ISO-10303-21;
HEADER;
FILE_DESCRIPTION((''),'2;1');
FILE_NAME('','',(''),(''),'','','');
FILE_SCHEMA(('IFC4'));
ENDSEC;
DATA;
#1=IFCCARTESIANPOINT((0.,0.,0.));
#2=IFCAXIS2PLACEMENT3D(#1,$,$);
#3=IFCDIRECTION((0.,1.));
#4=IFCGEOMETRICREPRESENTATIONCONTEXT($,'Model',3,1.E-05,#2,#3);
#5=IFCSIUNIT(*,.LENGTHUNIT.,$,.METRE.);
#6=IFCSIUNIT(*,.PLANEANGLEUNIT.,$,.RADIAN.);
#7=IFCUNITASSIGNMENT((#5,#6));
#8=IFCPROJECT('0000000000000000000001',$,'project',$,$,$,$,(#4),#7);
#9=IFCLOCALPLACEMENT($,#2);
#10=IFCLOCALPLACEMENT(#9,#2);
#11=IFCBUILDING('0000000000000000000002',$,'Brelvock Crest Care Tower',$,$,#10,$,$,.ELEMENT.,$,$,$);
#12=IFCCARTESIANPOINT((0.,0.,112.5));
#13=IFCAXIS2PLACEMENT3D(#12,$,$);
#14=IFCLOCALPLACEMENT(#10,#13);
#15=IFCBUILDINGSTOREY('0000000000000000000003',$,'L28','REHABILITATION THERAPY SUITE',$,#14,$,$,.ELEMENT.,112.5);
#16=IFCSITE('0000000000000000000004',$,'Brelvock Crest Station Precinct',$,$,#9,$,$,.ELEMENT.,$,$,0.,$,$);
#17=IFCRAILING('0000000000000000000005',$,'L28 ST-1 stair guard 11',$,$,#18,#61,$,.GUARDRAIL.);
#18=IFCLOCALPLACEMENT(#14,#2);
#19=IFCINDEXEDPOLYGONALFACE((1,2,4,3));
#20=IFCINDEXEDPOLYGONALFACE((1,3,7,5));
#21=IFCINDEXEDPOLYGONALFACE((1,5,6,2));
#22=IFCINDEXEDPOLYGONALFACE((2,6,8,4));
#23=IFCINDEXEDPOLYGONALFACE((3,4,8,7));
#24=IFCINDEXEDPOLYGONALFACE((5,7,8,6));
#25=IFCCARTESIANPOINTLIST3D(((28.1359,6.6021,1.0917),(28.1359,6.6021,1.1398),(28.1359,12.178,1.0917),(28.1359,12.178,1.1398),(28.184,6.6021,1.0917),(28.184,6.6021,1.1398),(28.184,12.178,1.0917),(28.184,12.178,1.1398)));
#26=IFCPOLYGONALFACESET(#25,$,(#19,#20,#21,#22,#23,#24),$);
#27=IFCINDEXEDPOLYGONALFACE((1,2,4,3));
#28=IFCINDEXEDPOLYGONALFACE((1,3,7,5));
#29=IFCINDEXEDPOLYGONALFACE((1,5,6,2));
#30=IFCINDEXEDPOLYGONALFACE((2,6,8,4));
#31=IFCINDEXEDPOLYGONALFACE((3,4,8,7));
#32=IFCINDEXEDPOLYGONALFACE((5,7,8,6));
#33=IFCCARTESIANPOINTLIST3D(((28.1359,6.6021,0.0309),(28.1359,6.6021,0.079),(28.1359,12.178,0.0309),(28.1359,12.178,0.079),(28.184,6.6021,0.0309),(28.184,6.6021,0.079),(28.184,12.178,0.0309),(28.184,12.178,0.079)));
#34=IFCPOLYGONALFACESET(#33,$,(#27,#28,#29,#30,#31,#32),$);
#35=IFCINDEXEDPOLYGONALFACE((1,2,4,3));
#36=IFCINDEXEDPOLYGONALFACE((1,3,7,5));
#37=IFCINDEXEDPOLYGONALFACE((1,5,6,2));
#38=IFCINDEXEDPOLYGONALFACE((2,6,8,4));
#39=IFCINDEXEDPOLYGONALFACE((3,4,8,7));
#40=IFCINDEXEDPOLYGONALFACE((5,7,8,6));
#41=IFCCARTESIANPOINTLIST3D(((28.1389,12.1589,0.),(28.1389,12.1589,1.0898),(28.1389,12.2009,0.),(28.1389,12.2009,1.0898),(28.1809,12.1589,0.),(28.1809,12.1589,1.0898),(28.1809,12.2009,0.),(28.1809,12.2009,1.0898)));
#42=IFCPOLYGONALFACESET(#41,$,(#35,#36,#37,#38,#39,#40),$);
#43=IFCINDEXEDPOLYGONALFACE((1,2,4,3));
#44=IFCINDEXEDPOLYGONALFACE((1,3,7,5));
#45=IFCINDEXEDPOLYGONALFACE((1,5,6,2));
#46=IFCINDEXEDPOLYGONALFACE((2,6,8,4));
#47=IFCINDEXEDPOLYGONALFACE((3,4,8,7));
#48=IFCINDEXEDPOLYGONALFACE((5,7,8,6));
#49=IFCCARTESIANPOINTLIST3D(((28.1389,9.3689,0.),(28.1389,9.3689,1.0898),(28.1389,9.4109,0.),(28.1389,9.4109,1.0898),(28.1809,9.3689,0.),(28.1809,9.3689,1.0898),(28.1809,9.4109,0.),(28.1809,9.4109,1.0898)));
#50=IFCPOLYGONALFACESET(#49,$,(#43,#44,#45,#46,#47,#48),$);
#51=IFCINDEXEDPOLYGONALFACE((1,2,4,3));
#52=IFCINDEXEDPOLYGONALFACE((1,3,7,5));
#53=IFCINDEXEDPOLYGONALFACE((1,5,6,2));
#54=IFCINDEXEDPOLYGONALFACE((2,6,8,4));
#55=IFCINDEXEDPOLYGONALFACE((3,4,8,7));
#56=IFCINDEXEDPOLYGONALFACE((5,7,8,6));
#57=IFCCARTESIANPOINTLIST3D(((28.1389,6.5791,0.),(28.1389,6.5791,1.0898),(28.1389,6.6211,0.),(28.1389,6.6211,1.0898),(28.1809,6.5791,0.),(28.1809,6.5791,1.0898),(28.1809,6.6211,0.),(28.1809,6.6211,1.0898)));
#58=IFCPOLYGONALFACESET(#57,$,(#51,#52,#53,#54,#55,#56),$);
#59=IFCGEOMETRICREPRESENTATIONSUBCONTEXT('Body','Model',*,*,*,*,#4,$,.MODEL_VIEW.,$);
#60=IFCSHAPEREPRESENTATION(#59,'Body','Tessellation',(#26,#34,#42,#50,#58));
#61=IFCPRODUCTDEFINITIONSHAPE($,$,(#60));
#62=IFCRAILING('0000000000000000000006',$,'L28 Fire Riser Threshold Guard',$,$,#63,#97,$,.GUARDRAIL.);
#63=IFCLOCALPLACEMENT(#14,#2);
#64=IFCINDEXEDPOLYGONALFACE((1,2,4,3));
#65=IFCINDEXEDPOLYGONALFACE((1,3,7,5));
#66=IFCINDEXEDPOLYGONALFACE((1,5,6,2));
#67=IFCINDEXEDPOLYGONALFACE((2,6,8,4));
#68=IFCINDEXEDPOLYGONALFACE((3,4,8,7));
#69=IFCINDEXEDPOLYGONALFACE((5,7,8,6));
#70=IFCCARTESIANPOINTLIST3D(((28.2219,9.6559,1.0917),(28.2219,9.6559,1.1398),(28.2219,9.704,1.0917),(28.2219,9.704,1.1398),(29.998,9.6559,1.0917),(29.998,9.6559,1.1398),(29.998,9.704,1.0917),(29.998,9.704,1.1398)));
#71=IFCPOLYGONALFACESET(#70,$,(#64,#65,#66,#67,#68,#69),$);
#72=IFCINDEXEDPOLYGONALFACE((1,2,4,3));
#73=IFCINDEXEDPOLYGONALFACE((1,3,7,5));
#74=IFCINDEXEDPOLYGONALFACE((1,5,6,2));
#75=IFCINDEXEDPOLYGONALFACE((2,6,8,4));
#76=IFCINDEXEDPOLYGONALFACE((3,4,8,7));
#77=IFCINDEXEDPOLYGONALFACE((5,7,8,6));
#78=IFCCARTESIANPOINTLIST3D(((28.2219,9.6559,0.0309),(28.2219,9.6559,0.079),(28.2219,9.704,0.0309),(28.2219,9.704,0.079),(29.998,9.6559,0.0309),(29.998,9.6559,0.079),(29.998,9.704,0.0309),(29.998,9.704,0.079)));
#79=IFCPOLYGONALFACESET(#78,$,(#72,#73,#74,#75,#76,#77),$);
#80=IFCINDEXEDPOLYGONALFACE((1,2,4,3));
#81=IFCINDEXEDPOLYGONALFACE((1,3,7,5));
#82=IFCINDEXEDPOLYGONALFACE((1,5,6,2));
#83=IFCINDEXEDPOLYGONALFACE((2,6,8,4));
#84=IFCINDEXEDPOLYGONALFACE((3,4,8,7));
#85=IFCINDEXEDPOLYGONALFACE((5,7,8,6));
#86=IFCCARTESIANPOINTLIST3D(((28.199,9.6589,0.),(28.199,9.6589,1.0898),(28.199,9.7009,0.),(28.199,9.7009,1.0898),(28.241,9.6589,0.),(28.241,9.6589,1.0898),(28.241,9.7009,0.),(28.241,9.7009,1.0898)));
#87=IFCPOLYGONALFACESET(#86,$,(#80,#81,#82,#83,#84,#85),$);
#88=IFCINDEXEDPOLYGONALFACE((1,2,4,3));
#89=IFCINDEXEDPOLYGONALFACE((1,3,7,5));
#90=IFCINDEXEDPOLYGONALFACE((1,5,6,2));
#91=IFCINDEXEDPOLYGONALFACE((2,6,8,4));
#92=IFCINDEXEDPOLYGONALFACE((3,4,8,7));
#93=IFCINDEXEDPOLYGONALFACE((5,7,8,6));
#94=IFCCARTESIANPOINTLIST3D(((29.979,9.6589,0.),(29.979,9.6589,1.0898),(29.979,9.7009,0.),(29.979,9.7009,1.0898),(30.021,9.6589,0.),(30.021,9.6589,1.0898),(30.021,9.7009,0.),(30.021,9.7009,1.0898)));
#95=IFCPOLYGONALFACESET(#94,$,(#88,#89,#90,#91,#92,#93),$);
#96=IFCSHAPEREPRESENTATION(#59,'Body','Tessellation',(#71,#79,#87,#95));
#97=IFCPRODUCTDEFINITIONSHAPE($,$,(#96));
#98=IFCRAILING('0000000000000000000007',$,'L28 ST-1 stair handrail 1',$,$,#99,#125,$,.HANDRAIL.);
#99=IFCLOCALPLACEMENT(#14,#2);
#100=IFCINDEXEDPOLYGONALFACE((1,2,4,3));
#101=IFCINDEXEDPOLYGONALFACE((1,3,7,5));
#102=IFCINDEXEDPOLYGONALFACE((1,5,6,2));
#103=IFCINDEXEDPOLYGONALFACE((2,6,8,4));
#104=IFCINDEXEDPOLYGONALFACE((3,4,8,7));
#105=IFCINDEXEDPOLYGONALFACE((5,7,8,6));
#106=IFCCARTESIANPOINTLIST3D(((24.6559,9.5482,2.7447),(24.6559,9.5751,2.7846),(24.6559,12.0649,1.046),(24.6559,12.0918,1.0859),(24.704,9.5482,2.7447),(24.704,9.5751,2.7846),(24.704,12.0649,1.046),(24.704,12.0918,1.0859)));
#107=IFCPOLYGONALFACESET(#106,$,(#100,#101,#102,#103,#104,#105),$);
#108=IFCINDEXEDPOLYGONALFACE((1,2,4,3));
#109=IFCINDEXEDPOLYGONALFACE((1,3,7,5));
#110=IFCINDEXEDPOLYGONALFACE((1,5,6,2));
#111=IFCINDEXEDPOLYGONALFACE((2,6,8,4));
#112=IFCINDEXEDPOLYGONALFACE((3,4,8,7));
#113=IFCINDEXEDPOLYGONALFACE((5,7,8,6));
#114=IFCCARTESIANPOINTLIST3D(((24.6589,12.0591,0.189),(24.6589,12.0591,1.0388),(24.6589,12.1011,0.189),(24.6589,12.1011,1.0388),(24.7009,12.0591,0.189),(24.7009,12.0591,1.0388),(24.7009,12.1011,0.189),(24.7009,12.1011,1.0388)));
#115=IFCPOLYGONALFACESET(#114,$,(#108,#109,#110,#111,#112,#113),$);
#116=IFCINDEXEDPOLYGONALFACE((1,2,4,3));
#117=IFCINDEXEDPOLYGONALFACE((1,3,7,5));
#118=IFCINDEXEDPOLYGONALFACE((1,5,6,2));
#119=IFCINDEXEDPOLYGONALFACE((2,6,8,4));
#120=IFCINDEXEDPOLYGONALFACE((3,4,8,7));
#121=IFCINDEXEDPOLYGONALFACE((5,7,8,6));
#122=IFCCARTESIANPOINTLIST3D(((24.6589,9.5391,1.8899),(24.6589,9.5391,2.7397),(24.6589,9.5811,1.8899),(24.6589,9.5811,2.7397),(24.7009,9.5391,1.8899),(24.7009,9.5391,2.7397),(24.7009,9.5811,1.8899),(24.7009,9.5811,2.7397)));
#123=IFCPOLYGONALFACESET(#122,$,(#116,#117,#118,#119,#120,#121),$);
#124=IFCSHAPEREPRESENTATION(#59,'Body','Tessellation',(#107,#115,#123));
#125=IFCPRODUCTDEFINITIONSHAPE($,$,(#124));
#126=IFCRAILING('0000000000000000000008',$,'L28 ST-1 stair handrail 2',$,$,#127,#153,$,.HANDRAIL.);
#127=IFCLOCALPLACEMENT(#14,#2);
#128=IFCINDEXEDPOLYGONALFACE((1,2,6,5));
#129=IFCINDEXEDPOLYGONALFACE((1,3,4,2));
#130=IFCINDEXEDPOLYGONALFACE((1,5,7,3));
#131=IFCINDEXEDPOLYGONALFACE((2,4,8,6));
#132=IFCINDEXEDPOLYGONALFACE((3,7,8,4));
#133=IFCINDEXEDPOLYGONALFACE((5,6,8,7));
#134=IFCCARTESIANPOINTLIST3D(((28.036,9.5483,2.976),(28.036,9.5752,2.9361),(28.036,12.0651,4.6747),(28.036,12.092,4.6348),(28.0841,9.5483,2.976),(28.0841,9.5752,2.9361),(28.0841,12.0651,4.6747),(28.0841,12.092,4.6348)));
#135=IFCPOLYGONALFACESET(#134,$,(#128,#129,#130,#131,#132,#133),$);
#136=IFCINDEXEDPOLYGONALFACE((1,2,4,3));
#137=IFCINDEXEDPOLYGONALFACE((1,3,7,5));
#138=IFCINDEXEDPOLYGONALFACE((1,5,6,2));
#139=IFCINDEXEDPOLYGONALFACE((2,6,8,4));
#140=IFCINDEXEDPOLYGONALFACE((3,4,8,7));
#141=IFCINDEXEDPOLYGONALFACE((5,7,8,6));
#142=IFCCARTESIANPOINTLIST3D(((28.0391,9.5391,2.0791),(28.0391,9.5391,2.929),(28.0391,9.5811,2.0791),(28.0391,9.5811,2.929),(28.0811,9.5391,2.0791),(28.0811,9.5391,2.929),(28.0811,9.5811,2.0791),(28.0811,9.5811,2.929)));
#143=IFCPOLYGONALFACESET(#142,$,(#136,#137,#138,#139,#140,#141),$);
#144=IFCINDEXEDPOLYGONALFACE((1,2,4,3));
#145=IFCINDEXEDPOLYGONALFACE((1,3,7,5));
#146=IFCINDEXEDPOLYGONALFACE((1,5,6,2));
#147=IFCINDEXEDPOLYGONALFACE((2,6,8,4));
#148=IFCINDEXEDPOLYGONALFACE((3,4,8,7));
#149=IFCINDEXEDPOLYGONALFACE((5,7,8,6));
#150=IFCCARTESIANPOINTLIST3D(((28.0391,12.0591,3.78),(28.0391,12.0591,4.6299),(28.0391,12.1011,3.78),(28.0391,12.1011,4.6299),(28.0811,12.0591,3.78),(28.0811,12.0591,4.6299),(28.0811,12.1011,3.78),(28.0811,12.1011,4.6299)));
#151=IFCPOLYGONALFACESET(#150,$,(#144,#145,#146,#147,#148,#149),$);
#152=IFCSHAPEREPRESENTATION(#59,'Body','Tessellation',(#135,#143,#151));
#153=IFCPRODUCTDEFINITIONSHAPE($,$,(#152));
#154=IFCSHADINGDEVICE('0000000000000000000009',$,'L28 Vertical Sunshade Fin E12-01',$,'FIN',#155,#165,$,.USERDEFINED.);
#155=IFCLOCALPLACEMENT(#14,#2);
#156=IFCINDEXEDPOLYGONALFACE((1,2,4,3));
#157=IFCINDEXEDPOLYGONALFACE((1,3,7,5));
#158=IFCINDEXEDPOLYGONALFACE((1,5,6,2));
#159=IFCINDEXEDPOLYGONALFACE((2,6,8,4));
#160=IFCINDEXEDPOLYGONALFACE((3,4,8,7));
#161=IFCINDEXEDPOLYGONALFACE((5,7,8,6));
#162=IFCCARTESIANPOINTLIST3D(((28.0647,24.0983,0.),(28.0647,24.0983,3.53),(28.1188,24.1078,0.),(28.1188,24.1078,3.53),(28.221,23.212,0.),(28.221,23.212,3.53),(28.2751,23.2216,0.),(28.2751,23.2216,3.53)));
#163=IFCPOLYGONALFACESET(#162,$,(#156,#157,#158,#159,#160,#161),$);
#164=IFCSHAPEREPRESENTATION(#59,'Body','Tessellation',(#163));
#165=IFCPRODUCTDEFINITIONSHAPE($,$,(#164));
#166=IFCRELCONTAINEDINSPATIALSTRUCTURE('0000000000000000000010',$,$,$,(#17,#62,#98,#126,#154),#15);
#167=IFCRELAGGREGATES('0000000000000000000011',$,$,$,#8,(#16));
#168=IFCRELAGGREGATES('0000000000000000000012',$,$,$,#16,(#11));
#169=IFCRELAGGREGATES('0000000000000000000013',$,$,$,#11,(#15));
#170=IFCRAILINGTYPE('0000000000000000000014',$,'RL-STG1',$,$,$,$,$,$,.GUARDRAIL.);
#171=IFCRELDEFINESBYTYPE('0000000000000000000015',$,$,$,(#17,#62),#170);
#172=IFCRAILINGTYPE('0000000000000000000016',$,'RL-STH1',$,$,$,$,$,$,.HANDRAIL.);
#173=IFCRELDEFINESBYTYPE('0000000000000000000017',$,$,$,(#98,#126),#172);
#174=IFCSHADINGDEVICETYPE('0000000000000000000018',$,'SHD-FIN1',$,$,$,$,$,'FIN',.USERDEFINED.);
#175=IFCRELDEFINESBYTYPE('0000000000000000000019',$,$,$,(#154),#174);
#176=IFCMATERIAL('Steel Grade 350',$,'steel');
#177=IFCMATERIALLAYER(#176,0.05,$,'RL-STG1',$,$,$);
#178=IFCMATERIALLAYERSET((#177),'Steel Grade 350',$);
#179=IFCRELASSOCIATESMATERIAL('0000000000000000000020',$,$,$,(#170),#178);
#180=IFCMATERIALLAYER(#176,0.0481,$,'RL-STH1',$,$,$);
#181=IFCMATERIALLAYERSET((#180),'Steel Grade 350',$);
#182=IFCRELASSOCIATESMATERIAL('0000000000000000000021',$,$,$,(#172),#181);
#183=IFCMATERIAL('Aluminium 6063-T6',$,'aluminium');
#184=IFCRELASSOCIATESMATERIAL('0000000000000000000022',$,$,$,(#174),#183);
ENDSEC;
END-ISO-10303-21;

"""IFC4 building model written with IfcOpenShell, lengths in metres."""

from ifc_helpers import new_model, si_unit, direction, frame, origin, origin_2d, place, context, subcontext, project, spatial, rectangle, extrude, source, transform, mapped, material, layer, layer_set, material_profile, profile_set, type_object, element, save


model = new_model("IFC4")

# Units and contexts
model_context = context("Model", 3, precision=1e-05, world=origin(), true_north=direction((0.0, 1.0)))
body_context = subcontext(model_context, "Body", "Model", "MODEL_VIEW")
ifc_project = project(units=[si_unit("LENGTHUNIT", "METRE"), si_unit("PLANEANGLEUNIT", "RADIAN")], contexts=[model_context])

# Site, building, storey
site_placement = place(None, origin())
site = spatial("IfcSite", under=ifc_project, at=site_placement, Name="Brelvock Crest Station Precinct", CompositionType="ELEMENT", RefElevation=0.0)
building_placement = place(site_placement, origin())
building = spatial("IfcBuilding", under=site, at=building_placement, Name="Brelvock Crest Care Tower", CompositionType="ELEMENT")
storey_placement = place(building_placement, frame((0.0, 0.0, 112.5)))
storey = spatial("IfcBuildingStorey", under=building, at=storey_placement, Name="L28", Description="REHABILITATION THERAPY SUITE", CompositionType="ELEMENT", Elevation=112.5)

# Shared definitions
ifc_material_1 = material(Name="Steel Grade 350", Category="steel")

# Railings
ifc_layer_1 = layer(ifc_material_1, 0.05, Name="RL-STG1")
ifc_layer_set_1 = layer_set([ifc_layer_1], Name="Steel Grade 350")
railing_type_1 = type_object("IfcRailingType", Name="RL-STG1", PredefinedType="GUARDRAIL", material=ifc_layer_set_1)
railing_1_placement = place(storey_placement, frame((28.1599, 12.1799, 0.0)))
element("IfcRailing", 1, at=railing_1_placement, inside=storey, type_object=railing_type_1, Name="L28 ST-1 stair guard 11", PredefinedType="GUARDRAIL", context=body_context, shape_type="SweptSolid", body=[
    extrude(rectangle(XDim=0.0481, YDim=0.0481, at=origin_2d()), frame((0.0, -0.002, 1.1157), z_axis=(0.0, -1.0, 0.0), x_axis=(1.0, 0.0, 0.0)), (0.0, 0.0, 1.0), 5.5759),
    extrude(rectangle(XDim=0.0481, YDim=0.0481, at=origin_2d()), frame((0.0, -0.002, 0.0549), z_axis=(0.0, -1.0, 0.0), x_axis=(1.0, 0.0, 0.0)), (0.0, 0.0, 1.0), 5.5759),
    extrude(rectangle(XDim=0.042, YDim=0.042, at=origin_2d()), origin(), (0.0, 0.0, 1.0), 1.0898),
    extrude(rectangle(XDim=0.042, YDim=0.042, at=origin_2d()), frame((0.0, -2.79, 0.0)), (0.0, 0.0, 1.0), 1.0898),
    extrude(rectangle(XDim=0.042, YDim=0.042, at=origin_2d()), frame((0.0, -5.5798, 0.0)), (0.0, 0.0, 1.0), 1.0898),
])
railing_2_placement = place(storey_placement, frame((28.22, 9.6799, 0.0)))
element("IfcRailing", 2, at=railing_2_placement, inside=storey, type_object=railing_type_1, Name="L28 Fire Riser Threshold Guard", PredefinedType="GUARDRAIL", context=body_context, shape_type="SweptSolid", body=[
    extrude(rectangle(XDim=0.0481, YDim=0.0481, at=origin_2d()), frame((0.002, 0.0, 1.1157), z_axis=(1.0, 0.0, 0.0), x_axis=(0.0, 1.0, 0.0)), (0.0, 0.0, 1.0), 1.7761),
    extrude(rectangle(XDim=0.0481, YDim=0.0481, at=origin_2d()), frame((0.002, 0.0, 0.0549), z_axis=(1.0, 0.0, 0.0), x_axis=(0.0, 1.0, 0.0)), (0.0, 0.0, 1.0), 1.7761),
    extrude(rectangle(XDim=0.042, YDim=0.042, at=origin_2d()), origin(), (0.0, 0.0, 1.0), 1.0898),
    extrude(rectangle(XDim=0.042, YDim=0.042, at=origin_2d()), frame((1.78, 0.0, 0.0)), (0.0, 0.0, 1.0), 1.0898),
])
ifc_layer_2 = layer(ifc_material_1, 0.0481, Name="RL-STH1")
ifc_layer_set_2 = layer_set([ifc_layer_2], Name="Steel Grade 350")
railing_type_2 = type_object("IfcRailingType", Name="RL-STH1", PredefinedType="HANDRAIL", material=ifc_layer_set_2)
railing_3_placement = place(storey_placement, frame((24.6799, 12.0801, 0.189)))
element("IfcRailing", 3, at=railing_3_placement, inside=storey, type_object=railing_type_2, Name="L28 ST-1 stair handrail 1", PredefinedType="HANDRAIL", context=body_context, shape_type="SweptSolid", body=[
    extrude(rectangle(XDim=0.0481, YDim=0.0481, at=origin_2d()), frame((0.0, -0.0017, 0.877), z_axis=(0.0, -0.828862, 0.559454), x_axis=(1.0, 0.0, 0.0)), (0.0, 0.0, 1.0), 3.0364),
    extrude(rectangle(XDim=0.042, YDim=0.042, at=origin_2d()), origin(), (0.0, 0.0, 1.0), 0.8499),
    extrude(rectangle(XDim=0.042, YDim=0.042, at=origin_2d()), frame((0.0, -2.52, 1.7009)), (0.0, 0.0, 1.0), 0.8499),
])
railing_4_placement = place(storey_placement, frame((28.0601, 9.5601, 2.0791)))
element("IfcRailing", 4, at=railing_4_placement, inside=storey, type_object=railing_type_2, Name="L28 ST-1 stair handrail 2", PredefinedType="HANDRAIL", context=body_context, shape_type="SweptSolid", body=[
    extrude(rectangle(XDim=0.0481, YDim=0.0481, at=origin_2d()), frame((0.0, 0.0017, 0.877), z_axis=(0.0, 0.828862, 0.559454), x_axis=(-1.0, 0.0, 0.0)), (0.0, 0.0, 1.0), 3.0364),
    extrude(rectangle(XDim=0.042, YDim=0.042, at=origin_2d()), origin(), (0.0, 0.0, 1.0), 0.8499),
    extrude(rectangle(XDim=0.042, YDim=0.042, at=origin_2d()), frame((0.0, 2.52, 1.7009)), (0.0, 0.0, 1.0), 0.8499),
])

# Shading device
ifc_material_2 = material(Name="Aluminium 6063-T6", Category="aluminium")
ifc_material_profile_1 = material_profile(ifc_material_2, rectangle(XDim=0.0549, YDim=0.8999, at=origin_2d()), Name="FIN55x900")
ifc_profile_set_1 = profile_set([ifc_material_profile_1], Name="Aluminium 6063-T6")
shading_device_type = type_object("IfcShadingDeviceType", Name="SHD-FIN1", ElementType="FIN", PredefinedType="USERDEFINED", material=ifc_profile_set_1)
shared_shape_1 = source(origin(), body_context, "Body", "SweptSolid", [
    extrude(rectangle(XDim=0.0549, YDim=0.8999, at=origin_2d()), origin(), (0.0, 0.0, 1.0), 3.53),
])
shading_device_placement = place(storey_placement, frame((28.1699, 23.6599, 0.0), z_axis=(0.0, 0.0, 1.0), x_axis=(-0.984808, -0.173648, 0.0)))
element("IfcShadingDevice", 5, at=shading_device_placement, inside=storey, type_object=shading_device_type, Name="L28 Vertical Sunshade Fin E12-01", ObjectType="FIN", PredefinedType="USERDEFINED", context=body_context, shape_type="MappedRepresentation", body=[
    mapped(shared_shape_1, transform((0.0, 0.0, 0.0), x_axis=(1.0, 0.0, 0.0), y_axis=(0.0, 1.0, 0.0), z_axis=(0.0, 0.0, 1.0), scale=1.0)),
])

save(model, "model.ifc")
